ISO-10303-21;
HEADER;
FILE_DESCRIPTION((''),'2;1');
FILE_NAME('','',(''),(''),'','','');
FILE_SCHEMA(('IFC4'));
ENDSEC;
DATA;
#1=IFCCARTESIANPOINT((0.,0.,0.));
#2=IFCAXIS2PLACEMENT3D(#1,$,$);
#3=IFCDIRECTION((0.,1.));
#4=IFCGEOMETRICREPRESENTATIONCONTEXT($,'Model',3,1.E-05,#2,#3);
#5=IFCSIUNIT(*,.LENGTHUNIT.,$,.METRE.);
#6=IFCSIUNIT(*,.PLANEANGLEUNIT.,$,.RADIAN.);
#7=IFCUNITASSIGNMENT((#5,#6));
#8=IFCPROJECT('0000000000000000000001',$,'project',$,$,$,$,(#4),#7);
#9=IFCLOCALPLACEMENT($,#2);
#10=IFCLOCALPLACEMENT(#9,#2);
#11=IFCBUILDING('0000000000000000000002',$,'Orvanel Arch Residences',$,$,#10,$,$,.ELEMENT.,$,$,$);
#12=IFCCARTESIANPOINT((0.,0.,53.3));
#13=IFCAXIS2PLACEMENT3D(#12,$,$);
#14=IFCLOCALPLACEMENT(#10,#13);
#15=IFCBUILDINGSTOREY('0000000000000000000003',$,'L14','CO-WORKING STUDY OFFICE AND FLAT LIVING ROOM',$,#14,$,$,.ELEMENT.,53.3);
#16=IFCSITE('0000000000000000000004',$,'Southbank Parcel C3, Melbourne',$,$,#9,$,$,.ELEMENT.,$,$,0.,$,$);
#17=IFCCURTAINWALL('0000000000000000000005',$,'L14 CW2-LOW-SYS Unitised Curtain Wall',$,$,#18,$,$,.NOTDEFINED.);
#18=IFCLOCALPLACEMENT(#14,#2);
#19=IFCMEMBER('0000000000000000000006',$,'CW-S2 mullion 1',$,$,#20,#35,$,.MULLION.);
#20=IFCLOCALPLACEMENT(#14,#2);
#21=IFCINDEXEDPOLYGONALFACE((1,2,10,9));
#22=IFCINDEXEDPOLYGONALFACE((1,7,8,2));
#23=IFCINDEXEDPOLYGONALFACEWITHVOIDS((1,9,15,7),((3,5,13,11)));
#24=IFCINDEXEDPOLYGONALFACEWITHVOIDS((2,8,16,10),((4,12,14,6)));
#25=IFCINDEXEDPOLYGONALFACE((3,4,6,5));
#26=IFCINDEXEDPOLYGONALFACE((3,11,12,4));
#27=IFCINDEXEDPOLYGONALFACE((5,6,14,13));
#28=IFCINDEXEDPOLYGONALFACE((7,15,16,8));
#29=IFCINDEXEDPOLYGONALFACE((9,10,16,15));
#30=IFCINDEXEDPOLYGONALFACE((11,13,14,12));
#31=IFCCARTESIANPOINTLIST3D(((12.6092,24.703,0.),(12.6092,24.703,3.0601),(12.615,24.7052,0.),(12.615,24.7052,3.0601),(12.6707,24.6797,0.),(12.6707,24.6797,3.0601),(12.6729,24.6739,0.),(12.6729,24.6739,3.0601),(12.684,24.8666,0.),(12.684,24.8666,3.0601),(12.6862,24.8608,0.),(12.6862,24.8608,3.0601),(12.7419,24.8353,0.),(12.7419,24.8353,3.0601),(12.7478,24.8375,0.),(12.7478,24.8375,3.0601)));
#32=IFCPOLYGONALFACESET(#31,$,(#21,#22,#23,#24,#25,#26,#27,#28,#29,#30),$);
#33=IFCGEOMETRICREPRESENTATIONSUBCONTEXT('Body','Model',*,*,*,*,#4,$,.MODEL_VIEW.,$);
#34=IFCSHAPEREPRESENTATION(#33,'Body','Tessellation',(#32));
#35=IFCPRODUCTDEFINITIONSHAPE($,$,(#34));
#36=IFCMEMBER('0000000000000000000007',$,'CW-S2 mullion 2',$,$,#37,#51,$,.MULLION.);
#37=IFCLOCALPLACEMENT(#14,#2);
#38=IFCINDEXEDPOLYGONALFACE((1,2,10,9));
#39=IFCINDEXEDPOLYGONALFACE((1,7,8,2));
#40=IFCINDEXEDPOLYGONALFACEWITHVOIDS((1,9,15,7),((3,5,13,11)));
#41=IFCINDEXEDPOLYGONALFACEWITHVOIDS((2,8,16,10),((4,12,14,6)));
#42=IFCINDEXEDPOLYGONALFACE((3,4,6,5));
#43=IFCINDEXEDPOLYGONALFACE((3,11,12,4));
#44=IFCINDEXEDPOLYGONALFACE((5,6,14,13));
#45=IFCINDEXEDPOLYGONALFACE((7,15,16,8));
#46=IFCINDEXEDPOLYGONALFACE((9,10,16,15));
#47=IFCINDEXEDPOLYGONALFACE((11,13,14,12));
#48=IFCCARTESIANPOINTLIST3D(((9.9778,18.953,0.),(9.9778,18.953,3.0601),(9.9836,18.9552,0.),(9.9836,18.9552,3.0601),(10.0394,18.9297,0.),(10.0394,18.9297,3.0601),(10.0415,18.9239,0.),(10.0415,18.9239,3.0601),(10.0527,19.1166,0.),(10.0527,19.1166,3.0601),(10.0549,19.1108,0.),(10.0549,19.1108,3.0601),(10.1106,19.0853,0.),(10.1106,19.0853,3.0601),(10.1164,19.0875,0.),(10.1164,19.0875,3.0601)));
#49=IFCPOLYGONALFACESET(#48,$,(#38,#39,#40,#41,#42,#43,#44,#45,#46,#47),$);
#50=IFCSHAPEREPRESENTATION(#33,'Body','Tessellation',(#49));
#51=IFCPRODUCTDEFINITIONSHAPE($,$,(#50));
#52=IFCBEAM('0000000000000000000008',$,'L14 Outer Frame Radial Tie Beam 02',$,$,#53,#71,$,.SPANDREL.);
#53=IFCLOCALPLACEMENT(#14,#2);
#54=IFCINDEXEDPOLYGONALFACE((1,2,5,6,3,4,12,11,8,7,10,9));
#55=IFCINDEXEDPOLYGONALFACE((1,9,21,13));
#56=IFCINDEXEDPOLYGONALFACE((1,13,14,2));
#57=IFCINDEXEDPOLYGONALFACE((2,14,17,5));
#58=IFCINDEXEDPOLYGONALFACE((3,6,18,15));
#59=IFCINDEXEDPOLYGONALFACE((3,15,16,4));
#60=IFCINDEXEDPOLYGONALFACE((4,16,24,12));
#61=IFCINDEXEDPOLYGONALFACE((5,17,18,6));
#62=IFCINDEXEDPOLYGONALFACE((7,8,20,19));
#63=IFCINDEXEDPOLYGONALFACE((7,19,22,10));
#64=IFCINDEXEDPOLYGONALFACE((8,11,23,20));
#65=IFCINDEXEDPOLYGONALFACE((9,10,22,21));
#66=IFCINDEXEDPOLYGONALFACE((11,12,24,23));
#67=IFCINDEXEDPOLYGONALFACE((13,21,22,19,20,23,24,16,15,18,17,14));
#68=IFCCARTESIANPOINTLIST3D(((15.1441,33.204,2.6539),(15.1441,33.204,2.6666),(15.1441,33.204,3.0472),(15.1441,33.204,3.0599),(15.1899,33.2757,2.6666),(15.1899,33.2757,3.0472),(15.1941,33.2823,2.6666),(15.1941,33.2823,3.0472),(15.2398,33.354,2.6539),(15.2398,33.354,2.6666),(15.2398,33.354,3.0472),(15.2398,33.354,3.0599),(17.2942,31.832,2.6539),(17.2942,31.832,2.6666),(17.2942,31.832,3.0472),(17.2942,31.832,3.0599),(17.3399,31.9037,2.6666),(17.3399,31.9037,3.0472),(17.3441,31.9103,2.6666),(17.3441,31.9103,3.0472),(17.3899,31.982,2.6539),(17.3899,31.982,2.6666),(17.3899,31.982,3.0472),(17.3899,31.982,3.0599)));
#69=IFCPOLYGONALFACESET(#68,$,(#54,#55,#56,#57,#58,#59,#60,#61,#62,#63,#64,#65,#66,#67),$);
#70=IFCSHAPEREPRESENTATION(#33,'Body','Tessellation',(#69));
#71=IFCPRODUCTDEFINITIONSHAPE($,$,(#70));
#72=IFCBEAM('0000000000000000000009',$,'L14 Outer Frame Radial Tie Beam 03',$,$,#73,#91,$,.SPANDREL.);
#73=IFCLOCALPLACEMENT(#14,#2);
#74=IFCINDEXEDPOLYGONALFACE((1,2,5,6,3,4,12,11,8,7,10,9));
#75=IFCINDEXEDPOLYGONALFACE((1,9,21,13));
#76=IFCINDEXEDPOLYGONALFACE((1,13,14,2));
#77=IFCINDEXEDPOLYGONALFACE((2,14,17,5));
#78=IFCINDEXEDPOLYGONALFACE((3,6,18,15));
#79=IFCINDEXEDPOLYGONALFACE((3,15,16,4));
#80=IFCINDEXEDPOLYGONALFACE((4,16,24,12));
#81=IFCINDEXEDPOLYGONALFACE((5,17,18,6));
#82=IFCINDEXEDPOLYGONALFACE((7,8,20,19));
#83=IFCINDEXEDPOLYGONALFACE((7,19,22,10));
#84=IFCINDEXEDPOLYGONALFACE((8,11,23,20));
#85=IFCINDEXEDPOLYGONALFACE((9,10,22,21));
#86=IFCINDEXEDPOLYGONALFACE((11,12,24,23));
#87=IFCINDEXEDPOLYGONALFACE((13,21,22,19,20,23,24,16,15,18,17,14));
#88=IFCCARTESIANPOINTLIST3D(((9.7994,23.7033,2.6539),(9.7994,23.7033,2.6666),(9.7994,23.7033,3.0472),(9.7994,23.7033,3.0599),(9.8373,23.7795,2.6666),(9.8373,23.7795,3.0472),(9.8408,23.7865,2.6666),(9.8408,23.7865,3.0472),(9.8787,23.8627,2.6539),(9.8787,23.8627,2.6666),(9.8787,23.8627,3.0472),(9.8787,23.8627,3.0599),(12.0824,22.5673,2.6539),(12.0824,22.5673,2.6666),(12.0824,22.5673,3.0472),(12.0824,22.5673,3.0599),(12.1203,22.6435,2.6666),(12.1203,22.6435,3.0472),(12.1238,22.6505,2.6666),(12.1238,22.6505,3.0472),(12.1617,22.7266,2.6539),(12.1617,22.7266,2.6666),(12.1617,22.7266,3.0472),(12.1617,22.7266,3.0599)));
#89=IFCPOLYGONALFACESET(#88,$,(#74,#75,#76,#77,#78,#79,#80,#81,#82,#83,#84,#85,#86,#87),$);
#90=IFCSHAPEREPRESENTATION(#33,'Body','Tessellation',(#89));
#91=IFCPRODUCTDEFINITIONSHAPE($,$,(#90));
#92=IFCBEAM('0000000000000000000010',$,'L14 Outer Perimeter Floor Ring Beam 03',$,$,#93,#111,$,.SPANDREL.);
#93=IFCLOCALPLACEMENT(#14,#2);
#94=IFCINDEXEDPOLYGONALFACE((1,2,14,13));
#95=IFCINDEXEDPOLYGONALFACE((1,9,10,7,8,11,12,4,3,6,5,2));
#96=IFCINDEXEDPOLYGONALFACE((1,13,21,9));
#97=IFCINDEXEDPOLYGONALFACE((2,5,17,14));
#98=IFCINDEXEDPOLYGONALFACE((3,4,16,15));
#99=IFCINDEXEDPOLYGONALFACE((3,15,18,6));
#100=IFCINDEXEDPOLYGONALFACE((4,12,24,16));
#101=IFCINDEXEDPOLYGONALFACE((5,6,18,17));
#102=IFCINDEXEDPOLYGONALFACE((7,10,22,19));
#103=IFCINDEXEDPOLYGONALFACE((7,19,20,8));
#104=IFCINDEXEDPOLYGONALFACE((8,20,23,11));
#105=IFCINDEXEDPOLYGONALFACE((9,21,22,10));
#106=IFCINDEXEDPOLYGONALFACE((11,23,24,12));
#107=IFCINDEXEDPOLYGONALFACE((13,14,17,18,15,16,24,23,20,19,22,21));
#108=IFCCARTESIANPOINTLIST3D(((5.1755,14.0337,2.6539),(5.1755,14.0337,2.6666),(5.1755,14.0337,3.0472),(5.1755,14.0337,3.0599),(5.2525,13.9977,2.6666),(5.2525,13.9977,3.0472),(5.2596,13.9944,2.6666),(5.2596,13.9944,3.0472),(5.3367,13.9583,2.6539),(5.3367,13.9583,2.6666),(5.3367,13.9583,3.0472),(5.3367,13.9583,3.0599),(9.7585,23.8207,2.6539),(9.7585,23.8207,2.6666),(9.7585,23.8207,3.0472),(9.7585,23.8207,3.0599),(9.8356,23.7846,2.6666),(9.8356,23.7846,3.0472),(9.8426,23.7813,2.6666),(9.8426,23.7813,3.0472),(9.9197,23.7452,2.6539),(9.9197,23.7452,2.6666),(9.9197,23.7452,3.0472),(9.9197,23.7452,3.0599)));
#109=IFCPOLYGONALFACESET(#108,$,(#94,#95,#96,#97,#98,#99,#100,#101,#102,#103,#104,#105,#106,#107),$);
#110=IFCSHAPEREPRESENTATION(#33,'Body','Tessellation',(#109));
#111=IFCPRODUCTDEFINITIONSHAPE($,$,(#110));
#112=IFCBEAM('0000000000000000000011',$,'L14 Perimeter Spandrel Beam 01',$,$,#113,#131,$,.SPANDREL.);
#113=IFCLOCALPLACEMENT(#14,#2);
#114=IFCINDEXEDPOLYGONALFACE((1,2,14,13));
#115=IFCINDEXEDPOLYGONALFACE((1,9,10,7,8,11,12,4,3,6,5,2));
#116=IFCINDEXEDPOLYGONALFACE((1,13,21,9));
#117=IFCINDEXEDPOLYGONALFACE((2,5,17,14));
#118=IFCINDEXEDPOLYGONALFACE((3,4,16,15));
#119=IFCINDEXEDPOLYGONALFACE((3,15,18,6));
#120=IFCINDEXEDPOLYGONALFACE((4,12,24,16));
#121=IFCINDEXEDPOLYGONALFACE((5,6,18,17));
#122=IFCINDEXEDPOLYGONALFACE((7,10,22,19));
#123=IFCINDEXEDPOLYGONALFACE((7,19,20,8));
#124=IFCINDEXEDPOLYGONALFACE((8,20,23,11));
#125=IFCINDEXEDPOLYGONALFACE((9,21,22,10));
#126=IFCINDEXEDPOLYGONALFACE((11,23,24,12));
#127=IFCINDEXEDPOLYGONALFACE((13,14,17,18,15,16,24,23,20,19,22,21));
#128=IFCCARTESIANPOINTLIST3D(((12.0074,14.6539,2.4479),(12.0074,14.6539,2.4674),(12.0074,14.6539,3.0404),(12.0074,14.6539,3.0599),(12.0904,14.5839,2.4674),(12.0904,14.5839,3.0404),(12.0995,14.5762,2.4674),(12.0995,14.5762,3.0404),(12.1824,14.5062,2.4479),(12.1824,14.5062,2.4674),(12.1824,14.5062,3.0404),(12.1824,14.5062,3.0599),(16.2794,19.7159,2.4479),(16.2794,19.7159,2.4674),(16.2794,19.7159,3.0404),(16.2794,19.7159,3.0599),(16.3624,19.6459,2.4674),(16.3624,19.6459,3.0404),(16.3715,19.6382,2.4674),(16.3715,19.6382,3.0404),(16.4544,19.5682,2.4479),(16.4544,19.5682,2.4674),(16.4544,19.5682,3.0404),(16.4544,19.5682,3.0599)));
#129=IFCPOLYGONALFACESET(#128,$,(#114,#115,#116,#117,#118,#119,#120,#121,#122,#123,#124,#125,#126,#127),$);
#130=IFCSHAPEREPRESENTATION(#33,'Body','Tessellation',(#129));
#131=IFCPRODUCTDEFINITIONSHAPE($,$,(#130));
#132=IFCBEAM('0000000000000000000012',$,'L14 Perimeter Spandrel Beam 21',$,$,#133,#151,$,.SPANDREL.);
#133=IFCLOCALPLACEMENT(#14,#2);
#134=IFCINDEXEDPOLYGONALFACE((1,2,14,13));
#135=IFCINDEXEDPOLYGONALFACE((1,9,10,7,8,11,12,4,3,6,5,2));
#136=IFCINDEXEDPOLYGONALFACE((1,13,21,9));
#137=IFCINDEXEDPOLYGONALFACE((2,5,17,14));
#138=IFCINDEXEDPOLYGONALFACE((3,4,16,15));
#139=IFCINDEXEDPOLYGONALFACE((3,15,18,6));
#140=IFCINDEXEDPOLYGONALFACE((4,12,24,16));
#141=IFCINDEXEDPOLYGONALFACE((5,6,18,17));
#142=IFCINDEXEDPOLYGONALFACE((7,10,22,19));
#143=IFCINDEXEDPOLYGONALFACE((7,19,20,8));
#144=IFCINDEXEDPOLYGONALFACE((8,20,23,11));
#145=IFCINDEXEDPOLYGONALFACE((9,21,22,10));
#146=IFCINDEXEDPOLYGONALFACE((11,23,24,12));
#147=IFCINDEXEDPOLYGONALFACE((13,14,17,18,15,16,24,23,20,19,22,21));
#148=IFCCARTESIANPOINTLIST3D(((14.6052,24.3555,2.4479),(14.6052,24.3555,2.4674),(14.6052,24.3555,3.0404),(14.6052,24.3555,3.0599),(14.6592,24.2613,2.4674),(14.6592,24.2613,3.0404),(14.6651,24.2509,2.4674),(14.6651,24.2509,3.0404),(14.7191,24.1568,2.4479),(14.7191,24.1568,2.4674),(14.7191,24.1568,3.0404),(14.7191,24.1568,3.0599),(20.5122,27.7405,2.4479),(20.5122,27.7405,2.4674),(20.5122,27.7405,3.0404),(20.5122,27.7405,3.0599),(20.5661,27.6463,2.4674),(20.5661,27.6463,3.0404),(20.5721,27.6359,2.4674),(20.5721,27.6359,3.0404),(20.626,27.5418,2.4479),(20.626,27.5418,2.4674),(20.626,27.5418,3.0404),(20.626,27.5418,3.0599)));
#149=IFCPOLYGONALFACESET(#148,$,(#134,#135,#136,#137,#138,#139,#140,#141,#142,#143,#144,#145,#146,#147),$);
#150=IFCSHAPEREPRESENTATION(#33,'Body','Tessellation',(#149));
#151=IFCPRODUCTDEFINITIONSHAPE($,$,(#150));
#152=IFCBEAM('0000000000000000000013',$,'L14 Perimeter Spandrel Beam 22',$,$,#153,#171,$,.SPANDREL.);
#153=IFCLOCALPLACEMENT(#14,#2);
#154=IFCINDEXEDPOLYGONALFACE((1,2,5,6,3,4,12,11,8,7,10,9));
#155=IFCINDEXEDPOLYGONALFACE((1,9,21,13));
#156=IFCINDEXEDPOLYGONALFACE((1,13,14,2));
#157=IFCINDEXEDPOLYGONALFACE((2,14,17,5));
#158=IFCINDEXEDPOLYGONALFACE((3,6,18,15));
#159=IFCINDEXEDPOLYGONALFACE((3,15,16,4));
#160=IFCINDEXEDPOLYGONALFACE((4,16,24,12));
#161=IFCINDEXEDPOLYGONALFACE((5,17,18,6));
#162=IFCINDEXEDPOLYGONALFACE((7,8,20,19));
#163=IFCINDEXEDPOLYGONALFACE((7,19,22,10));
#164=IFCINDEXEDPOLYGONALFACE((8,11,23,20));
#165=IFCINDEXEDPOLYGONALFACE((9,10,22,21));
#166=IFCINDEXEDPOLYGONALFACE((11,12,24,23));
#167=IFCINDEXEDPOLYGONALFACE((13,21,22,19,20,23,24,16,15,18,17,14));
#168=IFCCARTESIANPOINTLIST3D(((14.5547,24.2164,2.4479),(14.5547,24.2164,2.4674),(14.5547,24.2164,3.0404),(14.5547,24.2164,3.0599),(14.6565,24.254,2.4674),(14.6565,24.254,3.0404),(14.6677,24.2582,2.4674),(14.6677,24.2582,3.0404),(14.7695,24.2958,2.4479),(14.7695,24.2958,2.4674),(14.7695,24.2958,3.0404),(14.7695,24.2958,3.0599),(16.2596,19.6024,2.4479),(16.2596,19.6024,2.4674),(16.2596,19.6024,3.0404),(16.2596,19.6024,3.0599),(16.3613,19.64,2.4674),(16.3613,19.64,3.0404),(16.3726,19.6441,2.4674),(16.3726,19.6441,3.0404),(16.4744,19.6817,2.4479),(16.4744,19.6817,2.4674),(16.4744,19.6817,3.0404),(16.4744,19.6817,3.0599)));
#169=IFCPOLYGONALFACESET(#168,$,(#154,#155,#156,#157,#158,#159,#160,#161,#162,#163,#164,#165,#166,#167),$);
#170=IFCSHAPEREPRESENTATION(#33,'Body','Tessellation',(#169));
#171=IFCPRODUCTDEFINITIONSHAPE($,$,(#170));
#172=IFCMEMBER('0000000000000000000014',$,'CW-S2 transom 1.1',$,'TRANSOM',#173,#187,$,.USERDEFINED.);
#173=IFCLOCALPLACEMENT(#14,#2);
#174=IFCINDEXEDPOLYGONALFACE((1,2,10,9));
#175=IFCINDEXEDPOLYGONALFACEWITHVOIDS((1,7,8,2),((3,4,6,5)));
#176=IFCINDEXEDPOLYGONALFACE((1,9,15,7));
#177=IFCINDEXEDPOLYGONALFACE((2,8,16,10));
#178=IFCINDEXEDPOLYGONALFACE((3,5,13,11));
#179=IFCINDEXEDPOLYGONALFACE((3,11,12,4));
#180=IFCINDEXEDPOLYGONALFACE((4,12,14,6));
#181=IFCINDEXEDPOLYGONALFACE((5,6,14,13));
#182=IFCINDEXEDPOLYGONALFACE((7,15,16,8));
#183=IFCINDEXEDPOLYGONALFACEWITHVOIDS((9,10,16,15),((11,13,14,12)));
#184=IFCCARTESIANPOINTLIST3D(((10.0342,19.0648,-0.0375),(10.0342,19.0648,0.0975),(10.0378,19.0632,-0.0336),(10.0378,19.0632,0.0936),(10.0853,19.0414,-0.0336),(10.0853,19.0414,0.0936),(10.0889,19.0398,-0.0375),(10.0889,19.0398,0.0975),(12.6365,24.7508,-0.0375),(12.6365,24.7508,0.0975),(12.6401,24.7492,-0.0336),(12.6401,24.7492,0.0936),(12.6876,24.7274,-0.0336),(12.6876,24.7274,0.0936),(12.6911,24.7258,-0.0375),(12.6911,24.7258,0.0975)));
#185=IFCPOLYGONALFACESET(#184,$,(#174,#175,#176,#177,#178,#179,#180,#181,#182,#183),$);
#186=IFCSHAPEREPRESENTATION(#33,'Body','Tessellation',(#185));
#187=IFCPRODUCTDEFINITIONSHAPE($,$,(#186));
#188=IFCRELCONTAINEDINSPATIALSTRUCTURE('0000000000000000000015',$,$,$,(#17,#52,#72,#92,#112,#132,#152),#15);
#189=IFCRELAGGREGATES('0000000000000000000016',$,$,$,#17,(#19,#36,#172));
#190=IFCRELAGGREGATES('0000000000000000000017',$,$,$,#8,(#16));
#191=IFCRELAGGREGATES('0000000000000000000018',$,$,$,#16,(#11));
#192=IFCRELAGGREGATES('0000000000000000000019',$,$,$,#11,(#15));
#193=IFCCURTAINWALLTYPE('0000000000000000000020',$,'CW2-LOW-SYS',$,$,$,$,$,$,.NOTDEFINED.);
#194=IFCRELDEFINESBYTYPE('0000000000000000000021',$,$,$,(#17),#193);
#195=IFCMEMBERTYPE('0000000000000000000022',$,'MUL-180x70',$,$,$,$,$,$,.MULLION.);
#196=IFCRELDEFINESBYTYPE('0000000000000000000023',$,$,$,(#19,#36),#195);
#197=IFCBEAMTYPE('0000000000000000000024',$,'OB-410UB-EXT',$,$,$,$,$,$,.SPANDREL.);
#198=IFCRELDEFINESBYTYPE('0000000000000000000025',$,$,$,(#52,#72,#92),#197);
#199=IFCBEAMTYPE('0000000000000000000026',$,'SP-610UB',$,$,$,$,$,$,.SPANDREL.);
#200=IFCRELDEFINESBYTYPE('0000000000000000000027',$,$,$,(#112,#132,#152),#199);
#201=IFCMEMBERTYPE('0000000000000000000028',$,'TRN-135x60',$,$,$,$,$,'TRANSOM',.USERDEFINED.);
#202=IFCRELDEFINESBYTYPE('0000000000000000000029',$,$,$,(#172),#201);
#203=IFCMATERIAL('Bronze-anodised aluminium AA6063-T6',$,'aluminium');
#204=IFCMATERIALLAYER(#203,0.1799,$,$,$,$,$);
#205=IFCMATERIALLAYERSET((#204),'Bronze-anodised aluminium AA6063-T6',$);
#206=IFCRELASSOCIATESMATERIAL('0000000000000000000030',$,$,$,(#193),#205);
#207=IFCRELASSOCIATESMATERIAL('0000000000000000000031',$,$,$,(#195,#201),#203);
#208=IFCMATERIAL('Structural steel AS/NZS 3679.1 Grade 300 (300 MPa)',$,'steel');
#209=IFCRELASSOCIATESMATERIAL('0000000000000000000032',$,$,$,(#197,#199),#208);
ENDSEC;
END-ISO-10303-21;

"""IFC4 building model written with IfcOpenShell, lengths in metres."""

from ifc_helpers import new_model, si_unit, direction, frame, origin, origin_2d, place, context, subcontext, project, spatial, hollow_rectangle, i_section, extrude, material, layer, layer_set, material_profile, profile_set, type_object, element, aggregate, save


model = new_model("IFC4")

# Units and contexts
model_context = context("Model", 3, precision=1e-05, world=origin(), true_north=direction((0.0, 1.0)))
body_context = subcontext(model_context, "Body", "Model", "MODEL_VIEW")
ifc_project = project(units=[si_unit("LENGTHUNIT", "METRE"), si_unit("PLANEANGLEUNIT", "RADIAN")], contexts=[model_context])

# Site, building, storey
site_placement = place(None, origin())
site = spatial("IfcSite", under=ifc_project, at=site_placement, Name="Southbank Parcel C3, Melbourne", CompositionType="ELEMENT", RefElevation=0.0)
building_placement = place(site_placement, origin())
building = spatial("IfcBuilding", under=site, at=building_placement, Name="Orvanel Arch Residences", CompositionType="ELEMENT")
storey_placement = place(building_placement, frame((0.0, 0.0, 53.3)))
storey = spatial("IfcBuildingStorey", under=building, at=storey_placement, Name="L14", Description="CO-WORKING STUDY OFFICE AND FLAT LIVING ROOM", CompositionType="ELEMENT", Elevation=53.3)

# Curtain wall, members
ifc_material_1 = material(Name="Bronze-anodised aluminium AA6063-T6", Category="aluminium")
ifc_layer_1 = layer(ifc_material_1, 0.1799)
ifc_layer_set_1 = layer_set([ifc_layer_1], Name="Bronze-anodised aluminium AA6063-T6")
curtain_wall_type = type_object("IfcCurtainWallType", Name="CW2-LOW-SYS", PredefinedType="NOTDEFINED", material=ifc_layer_set_1)
curtain_wall_placement = place(storey_placement, origin())
curtain_wall = element("IfcCurtainWall", 1, at=curtain_wall_placement, inside=storey, type_object=curtain_wall_type, Name="L14 CW2-LOW-SYS Unitised Curtain Wall", PredefinedType="NOTDEFINED")
ifc_material_profile_1 = material_profile(ifc_material_1, hollow_rectangle(XDim=0.0701, YDim=0.1799, WallThickness=0.0044, at=origin_2d()), Name="ALU180x70x4.5")
ifc_profile_set_1 = profile_set([ifc_material_profile_1], Name="Bronze-anodised aluminium AA6063-T6")
member_type_1 = type_object("IfcMemberType", Name="MUL-180x70", PredefinedType="MULLION", material=ifc_profile_set_1)
member_1_placement = place(storey_placement, frame((12.6785, 24.7703, 0.0), z_axis=(0.0, 0.0, 1.0), x_axis=(0.909299, -0.416144, 0.0)))
member_1 = element("IfcMember", 2, at=member_1_placement, type_object=member_type_1, Name="CW-S2 mullion 1", PredefinedType="MULLION", context=body_context, shape_type="SweptSolid", body=[
    extrude(hollow_rectangle(XDim=0.0701, YDim=0.1799, WallThickness=0.0044, at=origin_2d()), origin(), (0.0, 0.0, 1.0), 3.0601),
])
member_2_placement = place(storey_placement, frame((10.0471, 19.0203, 0.0), z_axis=(0.0, 0.0, 1.0), x_axis=(0.909299, -0.416144, 0.0)))
member_2 = element("IfcMember", 3, at=member_2_placement, type_object=member_type_1, Name="CW-S2 mullion 2", PredefinedType="MULLION", context=body_context, shape_type="SweptSolid", body=[
    extrude(hollow_rectangle(XDim=0.0701, YDim=0.1799, WallThickness=0.0044, at=origin_2d()), origin(), (0.0, 0.0, 1.0), 3.0601),
])

# Beams
ifc_material_2 = material(Name="Structural steel AS/NZS 3679.1 Grade 300 (300 MPa)", Category="steel")
ifc_material_profile_2 = material_profile(ifc_material_2, i_section(OverallWidth=0.178, OverallDepth=0.406, WebThickness=0.0078, FlangeThickness=0.0127, at=origin_2d()), Name="410UB59.7")
ifc_profile_set_2 = profile_set([ifc_material_profile_2], Name="Structural steel AS/NZS 3679.1 Grade 300 (300 MPa)")
beam_type_1 = type_object("IfcBeamType", Name="OB-410UB-EXT", PredefinedType="SPANDREL", material=ifc_profile_set_2)
beam_1_placement = place(storey_placement, frame((17.342, 31.907, 2.8569), z_axis=(-0.842987, 0.537934, 0.0), x_axis=(-0.537934, -0.842987, 0.0)))
element("IfcBeam", 4, at=beam_1_placement, inside=storey, type_object=beam_type_1, Name="L14 Outer Frame Radial Tie Beam 02", PredefinedType="SPANDREL", context=body_context, shape_type="SweptSolid", body=[
    extrude(i_section(OverallWidth=0.178, OverallDepth=0.406, WebThickness=0.0078, FlangeThickness=0.0127, at=origin_2d()), origin(), (0.0, 0.0, 1.0), 2.5505),
])
beam_2_placement = place(storey_placement, frame((12.1221, 22.647, 2.8569), z_axis=(-0.895287, 0.445489, 0.0), x_axis=(-0.445489, -0.895287, 0.0)))
element("IfcBeam", 5, at=beam_2_placement, inside=storey, type_object=beam_type_1, Name="L14 Outer Frame Radial Tie Beam 03", PredefinedType="SPANDREL", context=body_context, shape_type="SweptSolid", body=[
    extrude(i_section(OverallWidth=0.178, OverallDepth=0.406, WebThickness=0.0078, FlangeThickness=0.0127, at=origin_2d()), origin(), (0.0, 0.0, 1.0), 2.55),
])
beam_3_placement = place(storey_placement, frame((9.8391, 23.783, 2.8569), z_axis=(-0.424086, -0.905622, 0.0), x_axis=(0.905622, -0.424086, 0.0)))
element("IfcBeam", 6, at=beam_3_placement, inside=storey, type_object=beam_type_1, Name="L14 Outer Perimeter Floor Ring Beam 03", PredefinedType="SPANDREL", context=body_context, shape_type="SweptSolid", body=[
    extrude(i_section(OverallWidth=0.178, OverallDepth=0.406, WebThickness=0.0078, FlangeThickness=0.0127, at=origin_2d()), origin(), (0.0, 0.0, 1.0), 10.8069),
])
ifc_material_profile_3 = material_profile(ifc_material_2, i_section(OverallWidth=0.229, OverallDepth=0.6121, WebThickness=0.012, FlangeThickness=0.0195, at=origin_2d()), Name="610UB125")
ifc_profile_set_3 = profile_set([ifc_material_profile_3], Name="Structural steel AS/NZS 3679.1 Grade 300 (300 MPa)")
beam_type_2 = type_object("IfcBeamType", Name="SP-610UB", PredefinedType="SPANDREL", material=ifc_profile_set_3)
beam_4_placement = place(storey_placement, frame((16.3669, 19.6421, 2.7539), z_axis=(-0.64495, -0.764224, 0.0), x_axis=(0.764224, -0.64495, 0.0)))
element("IfcBeam", 7, at=beam_4_placement, inside=storey, type_object=beam_type_2, Name="L14 Perimeter Spandrel Beam 01", PredefinedType="SPANDREL", context=body_context, shape_type="SweptSolid", body=[
    extrude(i_section(OverallWidth=0.229, OverallDepth=0.6121, WebThickness=0.012, FlangeThickness=0.0195, at=origin_2d()), origin(), (0.0, 0.0, 1.0), 6.6238),
])
beam_5_placement = place(storey_placement, frame((20.5691, 27.6411, 2.7539), z_axis=(-0.867636, -0.497201, 0.0), x_axis=(0.497201, -0.867636, 0.0)))
element("IfcBeam", 8, at=beam_5_placement, inside=storey, type_object=beam_type_2, Name="L14 Perimeter Spandrel Beam 21", PredefinedType="SPANDREL", context=body_context, shape_type="SweptSolid", body=[
    extrude(i_section(OverallWidth=0.229, OverallDepth=0.6121, WebThickness=0.012, FlangeThickness=0.0195, at=origin_2d()), origin(), (0.0, 0.0, 1.0), 6.8081),
])
beam_6_placement = place(storey_placement, frame((14.6621, 24.2561, 2.7539), z_axis=(0.346588, -0.938017, 0.0), x_axis=(0.938017, 0.346588, 0.0)))
element("IfcBeam", 9, at=beam_6_placement, inside=storey, type_object=beam_type_2, Name="L14 Perimeter Spandrel Beam 22", PredefinedType="SPANDREL", context=body_context, shape_type="SweptSolid", body=[
    extrude(i_section(OverallWidth=0.229, OverallDepth=0.6121, WebThickness=0.012, FlangeThickness=0.0195, at=origin_2d()), origin(), (0.0, 0.0, 1.0), 4.9189),
])

# Member
ifc_material_profile_4 = material_profile(ifc_material_1, hollow_rectangle(XDim=0.0601, YDim=0.135, WallThickness=0.0039, at=origin_2d()), Name="ALU135x60x4")
ifc_profile_set_4 = profile_set([ifc_material_profile_4], Name="Bronze-anodised aluminium AA6063-T6")
member_type_2 = type_object("IfcMemberType", Name="TRN-135x60", ElementType="TRANSOM", PredefinedType="USERDEFINED", material=ifc_profile_set_4)
member_3_placement = place(storey_placement, frame((12.6638, 24.7383, 0.03), z_axis=(-0.416152, -0.909295, 0.0), x_axis=(0.909295, -0.416152, 0.0)))
member_3 = element("IfcMember", 10, at=member_3_placement, type_object=member_type_2, Name="CW-S2 transom 1.1", ObjectType="TRANSOM", PredefinedType="USERDEFINED", context=body_context, shape_type="SweptSolid", body=[
    extrude(hollow_rectangle(XDim=0.0601, YDim=0.135, WallThickness=0.0039, at=origin_2d()), origin(), (0.0, 0.0, 1.0), 6.2532),
])

aggregate(curtain_wall, [member_1, member_2, member_3])

save(model, "model.ifc")
